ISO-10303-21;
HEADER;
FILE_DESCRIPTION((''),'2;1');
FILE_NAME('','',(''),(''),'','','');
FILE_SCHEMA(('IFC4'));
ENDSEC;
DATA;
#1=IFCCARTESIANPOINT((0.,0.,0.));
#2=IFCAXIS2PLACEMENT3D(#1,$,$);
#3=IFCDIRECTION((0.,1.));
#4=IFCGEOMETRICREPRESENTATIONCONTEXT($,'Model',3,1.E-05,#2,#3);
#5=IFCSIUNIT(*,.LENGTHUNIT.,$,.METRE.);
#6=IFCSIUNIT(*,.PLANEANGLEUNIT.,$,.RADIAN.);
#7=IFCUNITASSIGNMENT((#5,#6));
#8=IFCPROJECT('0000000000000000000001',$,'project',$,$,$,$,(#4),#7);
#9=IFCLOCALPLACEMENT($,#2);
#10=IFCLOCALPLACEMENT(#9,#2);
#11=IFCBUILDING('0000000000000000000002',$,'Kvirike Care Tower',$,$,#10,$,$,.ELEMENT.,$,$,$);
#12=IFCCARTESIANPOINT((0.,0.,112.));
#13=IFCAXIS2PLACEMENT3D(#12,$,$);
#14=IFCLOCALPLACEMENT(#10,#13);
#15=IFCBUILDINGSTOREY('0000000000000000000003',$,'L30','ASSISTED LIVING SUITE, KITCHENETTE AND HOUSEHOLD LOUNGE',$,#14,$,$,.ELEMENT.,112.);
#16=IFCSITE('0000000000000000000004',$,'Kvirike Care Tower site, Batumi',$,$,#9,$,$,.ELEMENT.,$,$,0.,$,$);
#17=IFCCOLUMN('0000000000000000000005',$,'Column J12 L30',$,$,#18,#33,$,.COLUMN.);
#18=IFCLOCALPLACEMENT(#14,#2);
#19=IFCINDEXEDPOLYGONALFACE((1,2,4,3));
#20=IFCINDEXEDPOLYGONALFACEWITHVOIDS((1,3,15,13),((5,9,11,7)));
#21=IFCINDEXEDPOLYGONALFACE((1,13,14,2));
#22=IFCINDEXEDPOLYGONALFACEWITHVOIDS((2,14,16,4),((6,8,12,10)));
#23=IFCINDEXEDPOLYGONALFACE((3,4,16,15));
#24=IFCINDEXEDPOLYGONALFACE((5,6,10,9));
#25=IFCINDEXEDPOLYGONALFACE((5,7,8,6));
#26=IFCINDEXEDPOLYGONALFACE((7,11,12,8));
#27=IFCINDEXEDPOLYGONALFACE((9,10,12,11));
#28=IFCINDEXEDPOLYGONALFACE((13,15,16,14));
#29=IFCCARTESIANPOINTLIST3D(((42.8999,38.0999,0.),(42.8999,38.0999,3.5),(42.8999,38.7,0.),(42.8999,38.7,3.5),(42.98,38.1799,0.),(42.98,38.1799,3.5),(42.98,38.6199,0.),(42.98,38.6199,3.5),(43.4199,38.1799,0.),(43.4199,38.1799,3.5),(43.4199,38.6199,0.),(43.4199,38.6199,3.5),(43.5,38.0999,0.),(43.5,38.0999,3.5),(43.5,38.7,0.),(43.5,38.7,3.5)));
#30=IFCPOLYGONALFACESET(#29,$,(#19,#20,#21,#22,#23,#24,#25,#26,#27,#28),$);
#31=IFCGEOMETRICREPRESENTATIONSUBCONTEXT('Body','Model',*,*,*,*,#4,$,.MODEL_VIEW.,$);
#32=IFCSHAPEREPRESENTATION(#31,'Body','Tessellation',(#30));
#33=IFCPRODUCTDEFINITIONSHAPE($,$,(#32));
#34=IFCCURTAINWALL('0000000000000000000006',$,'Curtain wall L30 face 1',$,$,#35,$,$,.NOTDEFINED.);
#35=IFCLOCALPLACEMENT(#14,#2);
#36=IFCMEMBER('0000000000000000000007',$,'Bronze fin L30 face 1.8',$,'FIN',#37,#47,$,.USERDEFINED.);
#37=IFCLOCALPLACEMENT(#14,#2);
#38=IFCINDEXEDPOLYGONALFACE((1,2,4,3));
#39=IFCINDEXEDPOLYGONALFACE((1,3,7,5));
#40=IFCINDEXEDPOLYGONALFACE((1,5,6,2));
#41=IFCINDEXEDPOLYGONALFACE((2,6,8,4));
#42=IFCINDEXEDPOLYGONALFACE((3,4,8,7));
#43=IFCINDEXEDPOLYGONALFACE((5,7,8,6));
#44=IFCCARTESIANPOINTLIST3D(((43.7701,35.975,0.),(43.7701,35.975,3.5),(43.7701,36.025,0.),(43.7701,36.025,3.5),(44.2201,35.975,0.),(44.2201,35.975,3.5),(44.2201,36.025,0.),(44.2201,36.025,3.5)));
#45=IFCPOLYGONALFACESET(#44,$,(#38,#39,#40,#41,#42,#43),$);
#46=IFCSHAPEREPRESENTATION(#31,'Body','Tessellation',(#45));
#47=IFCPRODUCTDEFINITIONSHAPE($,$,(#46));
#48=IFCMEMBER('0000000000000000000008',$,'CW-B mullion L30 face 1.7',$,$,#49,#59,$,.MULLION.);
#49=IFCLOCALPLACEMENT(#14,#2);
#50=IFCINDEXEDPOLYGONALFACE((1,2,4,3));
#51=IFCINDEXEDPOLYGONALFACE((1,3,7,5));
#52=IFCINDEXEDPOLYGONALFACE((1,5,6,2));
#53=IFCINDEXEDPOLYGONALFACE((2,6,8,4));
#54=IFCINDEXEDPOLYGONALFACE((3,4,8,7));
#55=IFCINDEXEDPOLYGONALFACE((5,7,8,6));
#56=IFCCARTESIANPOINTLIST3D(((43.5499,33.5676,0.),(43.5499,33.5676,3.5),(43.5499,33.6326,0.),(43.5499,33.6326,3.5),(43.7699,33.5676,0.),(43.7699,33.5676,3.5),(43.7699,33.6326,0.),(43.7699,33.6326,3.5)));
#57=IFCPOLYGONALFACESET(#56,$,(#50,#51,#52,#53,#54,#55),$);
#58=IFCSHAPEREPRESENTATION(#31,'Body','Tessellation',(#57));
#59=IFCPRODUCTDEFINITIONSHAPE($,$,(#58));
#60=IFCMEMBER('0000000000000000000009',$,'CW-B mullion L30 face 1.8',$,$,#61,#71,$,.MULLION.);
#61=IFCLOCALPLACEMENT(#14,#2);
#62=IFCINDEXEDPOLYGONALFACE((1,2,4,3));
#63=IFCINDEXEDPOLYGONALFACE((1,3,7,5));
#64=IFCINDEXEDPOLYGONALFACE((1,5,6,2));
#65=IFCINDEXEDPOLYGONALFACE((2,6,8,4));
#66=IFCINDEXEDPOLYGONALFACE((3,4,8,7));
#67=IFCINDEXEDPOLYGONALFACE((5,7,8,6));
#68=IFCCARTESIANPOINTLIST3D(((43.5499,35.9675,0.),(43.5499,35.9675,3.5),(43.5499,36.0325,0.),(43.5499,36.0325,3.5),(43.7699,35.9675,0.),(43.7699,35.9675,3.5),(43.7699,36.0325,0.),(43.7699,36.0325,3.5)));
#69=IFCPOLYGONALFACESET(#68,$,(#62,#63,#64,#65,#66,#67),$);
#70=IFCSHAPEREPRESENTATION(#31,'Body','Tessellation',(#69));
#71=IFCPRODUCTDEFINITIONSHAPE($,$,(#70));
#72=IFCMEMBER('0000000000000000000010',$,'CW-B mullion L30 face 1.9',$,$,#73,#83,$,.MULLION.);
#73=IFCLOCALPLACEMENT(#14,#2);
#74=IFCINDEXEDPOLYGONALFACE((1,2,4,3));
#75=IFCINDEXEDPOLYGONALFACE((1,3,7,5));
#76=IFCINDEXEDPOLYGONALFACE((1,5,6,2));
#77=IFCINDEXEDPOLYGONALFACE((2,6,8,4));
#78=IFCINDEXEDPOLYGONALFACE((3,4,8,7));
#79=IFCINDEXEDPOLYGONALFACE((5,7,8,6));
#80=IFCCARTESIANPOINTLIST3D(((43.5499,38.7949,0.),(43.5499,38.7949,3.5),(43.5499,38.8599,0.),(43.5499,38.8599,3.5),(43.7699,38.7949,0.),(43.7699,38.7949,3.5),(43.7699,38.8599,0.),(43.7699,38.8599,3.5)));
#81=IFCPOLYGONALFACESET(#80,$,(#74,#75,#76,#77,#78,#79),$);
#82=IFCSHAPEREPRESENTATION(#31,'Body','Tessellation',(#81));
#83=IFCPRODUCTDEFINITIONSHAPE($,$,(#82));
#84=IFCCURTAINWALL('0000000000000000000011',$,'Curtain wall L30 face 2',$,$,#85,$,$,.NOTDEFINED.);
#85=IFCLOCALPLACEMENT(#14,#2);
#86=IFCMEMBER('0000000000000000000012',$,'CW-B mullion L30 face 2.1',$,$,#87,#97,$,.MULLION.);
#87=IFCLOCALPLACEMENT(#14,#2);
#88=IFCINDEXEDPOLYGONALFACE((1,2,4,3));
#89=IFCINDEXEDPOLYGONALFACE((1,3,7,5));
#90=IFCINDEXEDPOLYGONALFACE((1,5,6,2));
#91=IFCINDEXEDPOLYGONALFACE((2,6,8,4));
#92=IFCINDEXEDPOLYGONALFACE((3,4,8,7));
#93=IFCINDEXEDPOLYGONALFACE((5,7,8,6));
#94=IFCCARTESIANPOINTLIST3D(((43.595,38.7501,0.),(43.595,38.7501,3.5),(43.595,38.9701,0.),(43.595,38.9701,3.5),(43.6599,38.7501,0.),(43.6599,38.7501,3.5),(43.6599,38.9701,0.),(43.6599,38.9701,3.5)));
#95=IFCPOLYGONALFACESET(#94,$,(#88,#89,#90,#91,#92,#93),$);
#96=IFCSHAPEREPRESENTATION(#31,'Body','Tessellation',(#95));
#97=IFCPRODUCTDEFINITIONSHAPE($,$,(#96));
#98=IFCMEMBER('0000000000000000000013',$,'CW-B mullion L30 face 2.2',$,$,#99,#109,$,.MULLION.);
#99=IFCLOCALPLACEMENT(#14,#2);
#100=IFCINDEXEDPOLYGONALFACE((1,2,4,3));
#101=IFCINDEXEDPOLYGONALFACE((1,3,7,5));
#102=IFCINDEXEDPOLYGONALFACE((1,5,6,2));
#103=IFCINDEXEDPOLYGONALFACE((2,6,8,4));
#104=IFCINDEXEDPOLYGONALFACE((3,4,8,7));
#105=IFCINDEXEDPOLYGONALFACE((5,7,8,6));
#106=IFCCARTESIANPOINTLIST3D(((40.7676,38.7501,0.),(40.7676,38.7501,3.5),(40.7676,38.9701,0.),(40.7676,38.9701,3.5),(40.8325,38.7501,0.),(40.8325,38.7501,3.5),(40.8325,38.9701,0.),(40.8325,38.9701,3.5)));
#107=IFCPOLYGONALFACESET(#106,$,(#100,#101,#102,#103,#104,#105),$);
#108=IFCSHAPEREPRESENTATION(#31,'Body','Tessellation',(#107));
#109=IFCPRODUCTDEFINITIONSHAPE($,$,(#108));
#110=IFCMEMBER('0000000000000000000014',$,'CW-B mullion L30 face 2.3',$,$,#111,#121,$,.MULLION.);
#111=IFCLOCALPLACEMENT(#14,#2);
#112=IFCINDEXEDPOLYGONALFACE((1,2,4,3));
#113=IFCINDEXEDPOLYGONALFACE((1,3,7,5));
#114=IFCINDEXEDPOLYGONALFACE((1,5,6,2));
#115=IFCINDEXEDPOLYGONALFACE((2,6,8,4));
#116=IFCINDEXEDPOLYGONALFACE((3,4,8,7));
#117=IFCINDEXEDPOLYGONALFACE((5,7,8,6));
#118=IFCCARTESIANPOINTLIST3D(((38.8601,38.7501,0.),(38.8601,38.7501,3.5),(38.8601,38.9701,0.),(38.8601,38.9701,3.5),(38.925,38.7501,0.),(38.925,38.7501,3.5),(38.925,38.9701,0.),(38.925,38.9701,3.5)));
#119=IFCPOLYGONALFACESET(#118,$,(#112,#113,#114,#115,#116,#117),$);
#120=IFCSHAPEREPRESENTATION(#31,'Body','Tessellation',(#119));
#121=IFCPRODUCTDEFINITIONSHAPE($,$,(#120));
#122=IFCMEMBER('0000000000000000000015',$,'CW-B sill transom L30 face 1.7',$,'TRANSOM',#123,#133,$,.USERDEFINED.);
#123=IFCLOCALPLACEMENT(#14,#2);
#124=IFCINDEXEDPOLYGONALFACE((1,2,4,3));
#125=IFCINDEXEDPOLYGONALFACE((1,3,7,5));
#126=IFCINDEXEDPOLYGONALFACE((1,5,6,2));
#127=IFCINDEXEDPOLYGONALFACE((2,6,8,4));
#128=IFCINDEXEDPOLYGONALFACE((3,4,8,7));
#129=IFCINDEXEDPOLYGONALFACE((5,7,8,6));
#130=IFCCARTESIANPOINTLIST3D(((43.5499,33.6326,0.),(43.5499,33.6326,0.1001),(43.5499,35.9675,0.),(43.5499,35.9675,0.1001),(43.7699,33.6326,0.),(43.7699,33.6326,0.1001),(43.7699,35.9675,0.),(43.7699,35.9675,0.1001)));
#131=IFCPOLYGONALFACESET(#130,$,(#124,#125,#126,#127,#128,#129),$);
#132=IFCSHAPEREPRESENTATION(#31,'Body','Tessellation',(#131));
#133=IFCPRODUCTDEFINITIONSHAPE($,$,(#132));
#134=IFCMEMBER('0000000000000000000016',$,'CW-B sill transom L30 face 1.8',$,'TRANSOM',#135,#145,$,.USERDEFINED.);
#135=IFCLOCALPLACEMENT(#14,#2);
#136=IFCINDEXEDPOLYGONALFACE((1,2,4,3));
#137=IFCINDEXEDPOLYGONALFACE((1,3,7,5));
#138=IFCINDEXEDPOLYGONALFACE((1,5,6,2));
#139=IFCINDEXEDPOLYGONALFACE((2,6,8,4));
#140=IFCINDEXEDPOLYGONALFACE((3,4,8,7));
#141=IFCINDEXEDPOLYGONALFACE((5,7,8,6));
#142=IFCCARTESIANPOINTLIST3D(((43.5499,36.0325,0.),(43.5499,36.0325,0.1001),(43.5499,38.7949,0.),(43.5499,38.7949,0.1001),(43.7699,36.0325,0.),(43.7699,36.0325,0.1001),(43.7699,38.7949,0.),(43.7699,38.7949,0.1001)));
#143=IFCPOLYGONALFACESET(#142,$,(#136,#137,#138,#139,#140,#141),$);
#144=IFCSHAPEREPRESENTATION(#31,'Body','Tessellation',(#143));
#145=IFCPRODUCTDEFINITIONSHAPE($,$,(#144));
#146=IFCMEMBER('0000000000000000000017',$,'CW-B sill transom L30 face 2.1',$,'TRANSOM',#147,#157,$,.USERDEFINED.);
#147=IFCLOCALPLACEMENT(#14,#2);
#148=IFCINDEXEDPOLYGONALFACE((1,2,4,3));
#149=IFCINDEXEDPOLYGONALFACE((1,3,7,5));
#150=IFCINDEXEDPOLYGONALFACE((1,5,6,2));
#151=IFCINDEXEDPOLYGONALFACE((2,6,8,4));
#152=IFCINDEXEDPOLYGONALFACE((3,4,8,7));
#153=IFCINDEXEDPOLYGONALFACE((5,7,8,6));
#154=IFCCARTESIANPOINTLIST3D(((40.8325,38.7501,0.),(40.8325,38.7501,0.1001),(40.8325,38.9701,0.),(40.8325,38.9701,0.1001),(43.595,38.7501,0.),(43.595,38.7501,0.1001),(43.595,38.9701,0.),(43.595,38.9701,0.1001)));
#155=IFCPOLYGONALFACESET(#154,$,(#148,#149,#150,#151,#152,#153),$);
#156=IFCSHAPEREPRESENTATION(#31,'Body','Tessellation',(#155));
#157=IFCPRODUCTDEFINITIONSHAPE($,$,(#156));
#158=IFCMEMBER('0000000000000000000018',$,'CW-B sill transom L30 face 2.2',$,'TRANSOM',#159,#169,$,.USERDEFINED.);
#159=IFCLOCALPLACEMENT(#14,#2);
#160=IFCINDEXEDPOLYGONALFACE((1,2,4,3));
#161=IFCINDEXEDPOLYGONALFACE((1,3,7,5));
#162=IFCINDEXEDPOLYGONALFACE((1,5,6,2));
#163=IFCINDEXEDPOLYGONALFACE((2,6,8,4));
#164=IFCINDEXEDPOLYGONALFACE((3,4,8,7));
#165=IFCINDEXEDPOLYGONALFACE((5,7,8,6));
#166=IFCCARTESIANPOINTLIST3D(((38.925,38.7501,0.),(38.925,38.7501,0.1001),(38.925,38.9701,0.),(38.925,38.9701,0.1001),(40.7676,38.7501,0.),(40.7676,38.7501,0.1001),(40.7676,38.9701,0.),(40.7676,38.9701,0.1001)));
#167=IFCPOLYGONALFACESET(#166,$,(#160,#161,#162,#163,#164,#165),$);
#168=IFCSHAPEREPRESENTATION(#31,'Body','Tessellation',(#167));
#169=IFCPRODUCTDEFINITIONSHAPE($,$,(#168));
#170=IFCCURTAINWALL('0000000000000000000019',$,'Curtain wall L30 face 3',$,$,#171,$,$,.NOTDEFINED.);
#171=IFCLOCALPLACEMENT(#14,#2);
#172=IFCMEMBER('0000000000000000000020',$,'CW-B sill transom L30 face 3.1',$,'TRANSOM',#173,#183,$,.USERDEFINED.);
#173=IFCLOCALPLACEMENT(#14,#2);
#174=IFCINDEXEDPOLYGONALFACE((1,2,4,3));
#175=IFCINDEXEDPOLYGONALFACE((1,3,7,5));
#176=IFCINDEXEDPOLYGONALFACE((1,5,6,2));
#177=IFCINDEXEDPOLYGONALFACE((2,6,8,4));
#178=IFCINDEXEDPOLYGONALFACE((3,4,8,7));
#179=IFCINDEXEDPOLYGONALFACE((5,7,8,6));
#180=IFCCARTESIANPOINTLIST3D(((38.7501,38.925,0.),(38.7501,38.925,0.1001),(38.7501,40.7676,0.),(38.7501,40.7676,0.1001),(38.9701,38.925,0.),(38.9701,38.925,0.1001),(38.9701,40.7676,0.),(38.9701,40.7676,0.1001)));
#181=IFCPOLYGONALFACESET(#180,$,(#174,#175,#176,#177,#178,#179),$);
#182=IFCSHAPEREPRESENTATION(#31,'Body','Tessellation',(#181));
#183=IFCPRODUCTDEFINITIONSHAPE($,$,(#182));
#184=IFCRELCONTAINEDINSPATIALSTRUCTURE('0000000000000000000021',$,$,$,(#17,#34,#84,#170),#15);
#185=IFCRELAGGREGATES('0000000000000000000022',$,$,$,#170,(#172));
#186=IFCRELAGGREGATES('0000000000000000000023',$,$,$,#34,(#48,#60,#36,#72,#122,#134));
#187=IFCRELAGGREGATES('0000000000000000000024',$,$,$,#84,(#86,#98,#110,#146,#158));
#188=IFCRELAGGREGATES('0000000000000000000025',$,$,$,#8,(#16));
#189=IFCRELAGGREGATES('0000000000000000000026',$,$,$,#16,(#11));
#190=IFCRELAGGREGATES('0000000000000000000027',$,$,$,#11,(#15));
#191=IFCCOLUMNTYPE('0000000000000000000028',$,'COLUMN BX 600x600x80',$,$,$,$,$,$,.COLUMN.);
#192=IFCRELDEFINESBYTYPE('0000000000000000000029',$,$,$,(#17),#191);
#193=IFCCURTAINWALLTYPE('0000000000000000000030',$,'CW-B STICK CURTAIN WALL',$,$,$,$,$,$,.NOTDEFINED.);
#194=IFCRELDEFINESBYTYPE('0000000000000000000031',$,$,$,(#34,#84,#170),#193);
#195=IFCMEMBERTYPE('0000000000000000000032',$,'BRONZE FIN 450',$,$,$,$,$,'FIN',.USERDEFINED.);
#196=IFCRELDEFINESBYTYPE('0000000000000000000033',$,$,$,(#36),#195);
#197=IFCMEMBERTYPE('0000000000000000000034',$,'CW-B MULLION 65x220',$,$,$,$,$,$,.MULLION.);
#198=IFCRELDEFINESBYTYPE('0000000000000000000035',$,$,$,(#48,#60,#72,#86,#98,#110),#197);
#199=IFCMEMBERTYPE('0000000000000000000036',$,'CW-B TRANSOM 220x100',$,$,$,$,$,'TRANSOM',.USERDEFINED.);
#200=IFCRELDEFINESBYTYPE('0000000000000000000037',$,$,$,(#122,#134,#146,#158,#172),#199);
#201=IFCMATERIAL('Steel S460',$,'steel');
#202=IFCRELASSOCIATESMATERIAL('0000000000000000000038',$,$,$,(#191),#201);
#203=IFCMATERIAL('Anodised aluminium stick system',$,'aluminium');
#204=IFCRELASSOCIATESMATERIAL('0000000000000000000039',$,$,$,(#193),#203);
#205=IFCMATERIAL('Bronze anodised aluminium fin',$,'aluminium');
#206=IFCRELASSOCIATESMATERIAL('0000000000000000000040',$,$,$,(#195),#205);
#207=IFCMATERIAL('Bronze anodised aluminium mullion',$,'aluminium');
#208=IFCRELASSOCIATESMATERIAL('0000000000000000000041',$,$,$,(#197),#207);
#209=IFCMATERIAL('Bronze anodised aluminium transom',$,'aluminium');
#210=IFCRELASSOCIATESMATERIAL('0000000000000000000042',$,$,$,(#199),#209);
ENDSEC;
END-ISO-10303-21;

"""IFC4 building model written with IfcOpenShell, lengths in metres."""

from ifc_helpers import new_model, si_unit, direction, frame, origin, origin_2d, place, context, subcontext, project, spatial, rectangle, hollow_rectangle, extrude, material, material_profile, profile_set, type_object, element, aggregate, save


model = new_model("IFC4")

# Units and contexts
model_context = context("Model", 3, precision=1e-05, world=origin(), true_north=direction((0.0, 1.0)))
body_context = subcontext(model_context, "Body", "Model", "MODEL_VIEW")
ifc_project = project(units=[si_unit("LENGTHUNIT", "METRE"), si_unit("PLANEANGLEUNIT", "RADIAN")], contexts=[model_context])

# Site, building, storey
site_placement = place(None, origin())
site = spatial("IfcSite", under=ifc_project, at=site_placement, Name="Kvirike Care Tower site, Batumi", CompositionType="ELEMENT", RefElevation=0.0)
building_placement = place(site_placement, origin())
building = spatial("IfcBuilding", under=site, at=building_placement, Name="Kvirike Care Tower", CompositionType="ELEMENT")
storey_placement = place(building_placement, frame((0.0, 0.0, 112.0)))
storey = spatial("IfcBuildingStorey", under=building, at=storey_placement, Name="L30", Description="ASSISTED LIVING SUITE, KITCHENETTE AND HOUSEHOLD LOUNGE", CompositionType="ELEMENT", Elevation=112.0)

# Column
ifc_material_1 = material(Name="Steel S460", Category="steel")
ifc_material_profile_1 = material_profile(ifc_material_1, hollow_rectangle(XDim=0.6001, YDim=0.6001, WallThickness=0.0801, at=origin_2d()), Name="BX 600x600x80")
ifc_profile_set_1 = profile_set([ifc_material_profile_1], Name="Steel S460")
column_type = type_object("IfcColumnType", Name="COLUMN BX 600x600x80", PredefinedType="COLUMN", material=ifc_profile_set_1)
column_placement = place(storey_placement, frame((43.2, 38.3999, 0.0), z_axis=(0.0, 0.0, 1.0), x_axis=(0.0, 1.0, 0.0)))
element("IfcColumn", 1, at=column_placement, inside=storey, type_object=column_type, Name="Column J12 L30", PredefinedType="COLUMN", context=body_context, shape_type="SweptSolid", body=[
    extrude(hollow_rectangle(XDim=0.6001, YDim=0.6001, WallThickness=0.0801, at=origin_2d()), origin(), (0.0, 0.0, 1.0), 3.5),
])

# Curtain walls, members
ifc_material_2 = material(Name="Anodised aluminium stick system", Category="aluminium")
curtain_wall_type = type_object("IfcCurtainWallType", Name="CW-B STICK CURTAIN WALL", PredefinedType="NOTDEFINED", material=ifc_material_2)
curtain_wall_1_placement = place(storey_placement, origin())
curtain_wall_1 = element("IfcCurtainWall", 2, at=curtain_wall_1_placement, inside=storey, type_object=curtain_wall_type, Name="Curtain wall L30 face 1", PredefinedType="NOTDEFINED")
ifc_material_3 = material(Name="Bronze anodised aluminium fin", Category="aluminium")
ifc_material_profile_2 = material_profile(ifc_material_3, rectangle(XDim=0.05, YDim=0.45, at=origin_2d()), Name="BRONZE FIN 450")
ifc_profile_set_2 = profile_set([ifc_material_profile_2], Name="Bronze anodised aluminium fin")
member_type_1 = type_object("IfcMemberType", Name="BRONZE FIN 450", ElementType="FIN", PredefinedType="USERDEFINED", material=ifc_profile_set_2)
member_1_placement = place(storey_placement, frame((43.9951, 36.0, 0.0), z_axis=(0.0, 0.0, 1.0), x_axis=(0.0, 1.0, 0.0)))
member_1 = element("IfcMember", 3, at=member_1_placement, type_object=member_type_1, Name="Bronze fin L30 face 1.8", ObjectType="FIN", PredefinedType="USERDEFINED", context=body_context, shape_type="SweptSolid", body=[
    extrude(rectangle(XDim=0.05, YDim=0.45, at=origin_2d()), origin(), (0.0, 0.0, 1.0), 3.5),
])
ifc_material_4 = material(Name="Bronze anodised aluminium mullion", Category="aluminium")
ifc_material_profile_3 = material_profile(ifc_material_4, rectangle(XDim=0.0649, YDim=0.22, at=origin_2d()), Name="CW-B MULLION 65x220")
ifc_profile_set_3 = profile_set([ifc_material_profile_3], Name="Bronze anodised aluminium mullion")
member_type_2 = type_object("IfcMemberType", Name="CW-B MULLION 65x220", PredefinedType="MULLION", material=ifc_profile_set_3)
member_2_placement = place(storey_placement, frame((43.6599, 33.6001, 0.0), z_axis=(0.0, 0.0, 1.0), x_axis=(0.0, 1.0, 0.0)))
member_2 = element("IfcMember", 4, at=member_2_placement, type_object=member_type_2, Name="CW-B mullion L30 face 1.7", PredefinedType="MULLION", context=body_context, shape_type="SweptSolid", body=[
    extrude(rectangle(XDim=0.0649, YDim=0.22, at=origin_2d()), origin(), (0.0, 0.0, 1.0), 3.5),
])
member_3_placement = place(storey_placement, frame((43.6599, 36.0, 0.0), z_axis=(0.0, 0.0, 1.0), x_axis=(0.0, 1.0, 0.0)))
member_3 = element("IfcMember", 5, at=member_3_placement, type_object=member_type_2, Name="CW-B mullion L30 face 1.8", PredefinedType="MULLION", context=body_context, shape_type="SweptSolid", body=[
    extrude(rectangle(XDim=0.0649, YDim=0.22, at=origin_2d()), origin(), (0.0, 0.0, 1.0), 3.5),
])
member_4_placement = place(storey_placement, frame((43.6599, 38.8274, 0.0), z_axis=(0.0, 0.0, 1.0), x_axis=(0.0, 1.0, 0.0)))
member_4 = element("IfcMember", 6, at=member_4_placement, type_object=member_type_2, Name="CW-B mullion L30 face 1.9", PredefinedType="MULLION", context=body_context, shape_type="SweptSolid", body=[
    extrude(rectangle(XDim=0.0649, YDim=0.22, at=origin_2d()), origin(), (0.0, 0.0, 1.0), 3.5),
])
curtain_wall_2_placement = place(storey_placement, origin())
curtain_wall_2 = element("IfcCurtainWall", 7, at=curtain_wall_2_placement, inside=storey, type_object=curtain_wall_type, Name="Curtain wall L30 face 2", PredefinedType="NOTDEFINED")
member_5_placement = place(storey_placement, frame((43.6274, 38.8601, 0.0), z_axis=(0.0, 0.0, 1.0), x_axis=(-1.0, 0.0, 0.0)))
member_5 = element("IfcMember", 8, at=member_5_placement, type_object=member_type_2, Name="CW-B mullion L30 face 2.1", PredefinedType="MULLION", context=body_context, shape_type="SweptSolid", body=[
    extrude(rectangle(XDim=0.0649, YDim=0.22, at=origin_2d()), origin(), (0.0, 0.0, 1.0), 3.5),
])
member_6_placement = place(storey_placement, frame((40.8, 38.8601, 0.0), z_axis=(0.0, 0.0, 1.0), x_axis=(-1.0, 0.0, 0.0)))
member_6 = element("IfcMember", 9, at=member_6_placement, type_object=member_type_2, Name="CW-B mullion L30 face 2.2", PredefinedType="MULLION", context=body_context, shape_type="SweptSolid", body=[
    extrude(rectangle(XDim=0.0649, YDim=0.22, at=origin_2d()), origin(), (0.0, 0.0, 1.0), 3.5),
])
member_7_placement = place(storey_placement, frame((38.8926, 38.8601, 0.0), z_axis=(0.0, 0.0, 1.0), x_axis=(-1.0, 0.0, 0.0)))
member_7 = element("IfcMember", 10, at=member_7_placement, type_object=member_type_2, Name="CW-B mullion L30 face 2.3", PredefinedType="MULLION", context=body_context, shape_type="SweptSolid", body=[
    extrude(rectangle(XDim=0.0649, YDim=0.22, at=origin_2d()), origin(), (0.0, 0.0, 1.0), 3.5),
])

# Members
ifc_material_5 = material(Name="Bronze anodised aluminium transom", Category="aluminium")
ifc_material_profile_4 = material_profile(ifc_material_5, rectangle(XDim=0.22, YDim=0.1001, at=origin_2d()), Name="CW-B TRANSOM 220x100")
ifc_profile_set_4 = profile_set([ifc_material_profile_4], Name="Bronze anodised aluminium transom")
member_type_3 = type_object("IfcMemberType", Name="CW-B TRANSOM 220x100", ElementType="TRANSOM", PredefinedType="USERDEFINED", material=ifc_profile_set_4)
member_8_placement = place(storey_placement, frame((43.6599, 33.6326, 0.05), z_axis=(0.0, 1.0, 0.0), x_axis=(-1.0, 0.0, 0.0)))
member_8 = element("IfcMember", 11, at=member_8_placement, type_object=member_type_3, Name="CW-B sill transom L30 face 1.7", ObjectType="TRANSOM", PredefinedType="USERDEFINED", context=body_context, shape_type="SweptSolid", body=[
    extrude(rectangle(XDim=0.22, YDim=0.1001, at=origin_2d()), origin(), (0.0, 0.0, 1.0), 2.335),
])
member_9_placement = place(storey_placement, frame((43.6599, 36.0325, 0.05), z_axis=(0.0, 1.0, 0.0), x_axis=(-1.0, 0.0, 0.0)))
member_9 = element("IfcMember", 12, at=member_9_placement, type_object=member_type_3, Name="CW-B sill transom L30 face 1.8", ObjectType="TRANSOM", PredefinedType="USERDEFINED", context=body_context, shape_type="SweptSolid", body=[
    extrude(rectangle(XDim=0.22, YDim=0.1001, at=origin_2d()), origin(), (0.0, 0.0, 1.0), 2.7625),
])
member_10_placement = place(storey_placement, frame((43.595, 38.8601, 0.05), z_axis=(-1.0, 0.0, 0.0), x_axis=(0.0, -1.0, 0.0)))
member_10 = element("IfcMember", 13, at=member_10_placement, type_object=member_type_3, Name="CW-B sill transom L30 face 2.1", ObjectType="TRANSOM", PredefinedType="USERDEFINED", context=body_context, shape_type="SweptSolid", body=[
    extrude(rectangle(XDim=0.22, YDim=0.1001, at=origin_2d()), origin(), (0.0, 0.0, 1.0), 2.7625),
])
member_11_placement = place(storey_placement, frame((40.7676, 38.8601, 0.05), z_axis=(-1.0, 0.0, 0.0), x_axis=(0.0, -1.0, 0.0)))
member_11 = element("IfcMember", 14, at=member_11_placement, type_object=member_type_3, Name="CW-B sill transom L30 face 2.2", ObjectType="TRANSOM", PredefinedType="USERDEFINED", context=body_context, shape_type="SweptSolid", body=[
    extrude(rectangle(XDim=0.22, YDim=0.1001, at=origin_2d()), origin(), (0.0, 0.0, 1.0), 1.8425),
])

# Curtain wall, member
curtain_wall_3_placement = place(storey_placement, origin())
curtain_wall_3 = element("IfcCurtainWall", 15, at=curtain_wall_3_placement, inside=storey, type_object=curtain_wall_type, Name="Curtain wall L30 face 3", PredefinedType="NOTDEFINED")
member_12_placement = place(storey_placement, frame((38.8601, 38.925, 0.05), z_axis=(0.0, 1.0, 0.0), x_axis=(-1.0, 0.0, 0.0)))
member_12 = element("IfcMember", 16, at=member_12_placement, type_object=member_type_3, Name="CW-B sill transom L30 face 3.1", ObjectType="TRANSOM", PredefinedType="USERDEFINED", context=body_context, shape_type="SweptSolid", body=[
    extrude(rectangle(XDim=0.22, YDim=0.1001, at=origin_2d()), origin(), (0.0, 0.0, 1.0), 1.8425),
])
aggregate(curtain_wall_3, [member_12])

aggregate(curtain_wall_1, [member_2, member_3, member_1, member_4, member_8, member_9])
aggregate(curtain_wall_2, [member_5, member_6, member_7, member_10, member_11])

save(model, "model.ifc")
